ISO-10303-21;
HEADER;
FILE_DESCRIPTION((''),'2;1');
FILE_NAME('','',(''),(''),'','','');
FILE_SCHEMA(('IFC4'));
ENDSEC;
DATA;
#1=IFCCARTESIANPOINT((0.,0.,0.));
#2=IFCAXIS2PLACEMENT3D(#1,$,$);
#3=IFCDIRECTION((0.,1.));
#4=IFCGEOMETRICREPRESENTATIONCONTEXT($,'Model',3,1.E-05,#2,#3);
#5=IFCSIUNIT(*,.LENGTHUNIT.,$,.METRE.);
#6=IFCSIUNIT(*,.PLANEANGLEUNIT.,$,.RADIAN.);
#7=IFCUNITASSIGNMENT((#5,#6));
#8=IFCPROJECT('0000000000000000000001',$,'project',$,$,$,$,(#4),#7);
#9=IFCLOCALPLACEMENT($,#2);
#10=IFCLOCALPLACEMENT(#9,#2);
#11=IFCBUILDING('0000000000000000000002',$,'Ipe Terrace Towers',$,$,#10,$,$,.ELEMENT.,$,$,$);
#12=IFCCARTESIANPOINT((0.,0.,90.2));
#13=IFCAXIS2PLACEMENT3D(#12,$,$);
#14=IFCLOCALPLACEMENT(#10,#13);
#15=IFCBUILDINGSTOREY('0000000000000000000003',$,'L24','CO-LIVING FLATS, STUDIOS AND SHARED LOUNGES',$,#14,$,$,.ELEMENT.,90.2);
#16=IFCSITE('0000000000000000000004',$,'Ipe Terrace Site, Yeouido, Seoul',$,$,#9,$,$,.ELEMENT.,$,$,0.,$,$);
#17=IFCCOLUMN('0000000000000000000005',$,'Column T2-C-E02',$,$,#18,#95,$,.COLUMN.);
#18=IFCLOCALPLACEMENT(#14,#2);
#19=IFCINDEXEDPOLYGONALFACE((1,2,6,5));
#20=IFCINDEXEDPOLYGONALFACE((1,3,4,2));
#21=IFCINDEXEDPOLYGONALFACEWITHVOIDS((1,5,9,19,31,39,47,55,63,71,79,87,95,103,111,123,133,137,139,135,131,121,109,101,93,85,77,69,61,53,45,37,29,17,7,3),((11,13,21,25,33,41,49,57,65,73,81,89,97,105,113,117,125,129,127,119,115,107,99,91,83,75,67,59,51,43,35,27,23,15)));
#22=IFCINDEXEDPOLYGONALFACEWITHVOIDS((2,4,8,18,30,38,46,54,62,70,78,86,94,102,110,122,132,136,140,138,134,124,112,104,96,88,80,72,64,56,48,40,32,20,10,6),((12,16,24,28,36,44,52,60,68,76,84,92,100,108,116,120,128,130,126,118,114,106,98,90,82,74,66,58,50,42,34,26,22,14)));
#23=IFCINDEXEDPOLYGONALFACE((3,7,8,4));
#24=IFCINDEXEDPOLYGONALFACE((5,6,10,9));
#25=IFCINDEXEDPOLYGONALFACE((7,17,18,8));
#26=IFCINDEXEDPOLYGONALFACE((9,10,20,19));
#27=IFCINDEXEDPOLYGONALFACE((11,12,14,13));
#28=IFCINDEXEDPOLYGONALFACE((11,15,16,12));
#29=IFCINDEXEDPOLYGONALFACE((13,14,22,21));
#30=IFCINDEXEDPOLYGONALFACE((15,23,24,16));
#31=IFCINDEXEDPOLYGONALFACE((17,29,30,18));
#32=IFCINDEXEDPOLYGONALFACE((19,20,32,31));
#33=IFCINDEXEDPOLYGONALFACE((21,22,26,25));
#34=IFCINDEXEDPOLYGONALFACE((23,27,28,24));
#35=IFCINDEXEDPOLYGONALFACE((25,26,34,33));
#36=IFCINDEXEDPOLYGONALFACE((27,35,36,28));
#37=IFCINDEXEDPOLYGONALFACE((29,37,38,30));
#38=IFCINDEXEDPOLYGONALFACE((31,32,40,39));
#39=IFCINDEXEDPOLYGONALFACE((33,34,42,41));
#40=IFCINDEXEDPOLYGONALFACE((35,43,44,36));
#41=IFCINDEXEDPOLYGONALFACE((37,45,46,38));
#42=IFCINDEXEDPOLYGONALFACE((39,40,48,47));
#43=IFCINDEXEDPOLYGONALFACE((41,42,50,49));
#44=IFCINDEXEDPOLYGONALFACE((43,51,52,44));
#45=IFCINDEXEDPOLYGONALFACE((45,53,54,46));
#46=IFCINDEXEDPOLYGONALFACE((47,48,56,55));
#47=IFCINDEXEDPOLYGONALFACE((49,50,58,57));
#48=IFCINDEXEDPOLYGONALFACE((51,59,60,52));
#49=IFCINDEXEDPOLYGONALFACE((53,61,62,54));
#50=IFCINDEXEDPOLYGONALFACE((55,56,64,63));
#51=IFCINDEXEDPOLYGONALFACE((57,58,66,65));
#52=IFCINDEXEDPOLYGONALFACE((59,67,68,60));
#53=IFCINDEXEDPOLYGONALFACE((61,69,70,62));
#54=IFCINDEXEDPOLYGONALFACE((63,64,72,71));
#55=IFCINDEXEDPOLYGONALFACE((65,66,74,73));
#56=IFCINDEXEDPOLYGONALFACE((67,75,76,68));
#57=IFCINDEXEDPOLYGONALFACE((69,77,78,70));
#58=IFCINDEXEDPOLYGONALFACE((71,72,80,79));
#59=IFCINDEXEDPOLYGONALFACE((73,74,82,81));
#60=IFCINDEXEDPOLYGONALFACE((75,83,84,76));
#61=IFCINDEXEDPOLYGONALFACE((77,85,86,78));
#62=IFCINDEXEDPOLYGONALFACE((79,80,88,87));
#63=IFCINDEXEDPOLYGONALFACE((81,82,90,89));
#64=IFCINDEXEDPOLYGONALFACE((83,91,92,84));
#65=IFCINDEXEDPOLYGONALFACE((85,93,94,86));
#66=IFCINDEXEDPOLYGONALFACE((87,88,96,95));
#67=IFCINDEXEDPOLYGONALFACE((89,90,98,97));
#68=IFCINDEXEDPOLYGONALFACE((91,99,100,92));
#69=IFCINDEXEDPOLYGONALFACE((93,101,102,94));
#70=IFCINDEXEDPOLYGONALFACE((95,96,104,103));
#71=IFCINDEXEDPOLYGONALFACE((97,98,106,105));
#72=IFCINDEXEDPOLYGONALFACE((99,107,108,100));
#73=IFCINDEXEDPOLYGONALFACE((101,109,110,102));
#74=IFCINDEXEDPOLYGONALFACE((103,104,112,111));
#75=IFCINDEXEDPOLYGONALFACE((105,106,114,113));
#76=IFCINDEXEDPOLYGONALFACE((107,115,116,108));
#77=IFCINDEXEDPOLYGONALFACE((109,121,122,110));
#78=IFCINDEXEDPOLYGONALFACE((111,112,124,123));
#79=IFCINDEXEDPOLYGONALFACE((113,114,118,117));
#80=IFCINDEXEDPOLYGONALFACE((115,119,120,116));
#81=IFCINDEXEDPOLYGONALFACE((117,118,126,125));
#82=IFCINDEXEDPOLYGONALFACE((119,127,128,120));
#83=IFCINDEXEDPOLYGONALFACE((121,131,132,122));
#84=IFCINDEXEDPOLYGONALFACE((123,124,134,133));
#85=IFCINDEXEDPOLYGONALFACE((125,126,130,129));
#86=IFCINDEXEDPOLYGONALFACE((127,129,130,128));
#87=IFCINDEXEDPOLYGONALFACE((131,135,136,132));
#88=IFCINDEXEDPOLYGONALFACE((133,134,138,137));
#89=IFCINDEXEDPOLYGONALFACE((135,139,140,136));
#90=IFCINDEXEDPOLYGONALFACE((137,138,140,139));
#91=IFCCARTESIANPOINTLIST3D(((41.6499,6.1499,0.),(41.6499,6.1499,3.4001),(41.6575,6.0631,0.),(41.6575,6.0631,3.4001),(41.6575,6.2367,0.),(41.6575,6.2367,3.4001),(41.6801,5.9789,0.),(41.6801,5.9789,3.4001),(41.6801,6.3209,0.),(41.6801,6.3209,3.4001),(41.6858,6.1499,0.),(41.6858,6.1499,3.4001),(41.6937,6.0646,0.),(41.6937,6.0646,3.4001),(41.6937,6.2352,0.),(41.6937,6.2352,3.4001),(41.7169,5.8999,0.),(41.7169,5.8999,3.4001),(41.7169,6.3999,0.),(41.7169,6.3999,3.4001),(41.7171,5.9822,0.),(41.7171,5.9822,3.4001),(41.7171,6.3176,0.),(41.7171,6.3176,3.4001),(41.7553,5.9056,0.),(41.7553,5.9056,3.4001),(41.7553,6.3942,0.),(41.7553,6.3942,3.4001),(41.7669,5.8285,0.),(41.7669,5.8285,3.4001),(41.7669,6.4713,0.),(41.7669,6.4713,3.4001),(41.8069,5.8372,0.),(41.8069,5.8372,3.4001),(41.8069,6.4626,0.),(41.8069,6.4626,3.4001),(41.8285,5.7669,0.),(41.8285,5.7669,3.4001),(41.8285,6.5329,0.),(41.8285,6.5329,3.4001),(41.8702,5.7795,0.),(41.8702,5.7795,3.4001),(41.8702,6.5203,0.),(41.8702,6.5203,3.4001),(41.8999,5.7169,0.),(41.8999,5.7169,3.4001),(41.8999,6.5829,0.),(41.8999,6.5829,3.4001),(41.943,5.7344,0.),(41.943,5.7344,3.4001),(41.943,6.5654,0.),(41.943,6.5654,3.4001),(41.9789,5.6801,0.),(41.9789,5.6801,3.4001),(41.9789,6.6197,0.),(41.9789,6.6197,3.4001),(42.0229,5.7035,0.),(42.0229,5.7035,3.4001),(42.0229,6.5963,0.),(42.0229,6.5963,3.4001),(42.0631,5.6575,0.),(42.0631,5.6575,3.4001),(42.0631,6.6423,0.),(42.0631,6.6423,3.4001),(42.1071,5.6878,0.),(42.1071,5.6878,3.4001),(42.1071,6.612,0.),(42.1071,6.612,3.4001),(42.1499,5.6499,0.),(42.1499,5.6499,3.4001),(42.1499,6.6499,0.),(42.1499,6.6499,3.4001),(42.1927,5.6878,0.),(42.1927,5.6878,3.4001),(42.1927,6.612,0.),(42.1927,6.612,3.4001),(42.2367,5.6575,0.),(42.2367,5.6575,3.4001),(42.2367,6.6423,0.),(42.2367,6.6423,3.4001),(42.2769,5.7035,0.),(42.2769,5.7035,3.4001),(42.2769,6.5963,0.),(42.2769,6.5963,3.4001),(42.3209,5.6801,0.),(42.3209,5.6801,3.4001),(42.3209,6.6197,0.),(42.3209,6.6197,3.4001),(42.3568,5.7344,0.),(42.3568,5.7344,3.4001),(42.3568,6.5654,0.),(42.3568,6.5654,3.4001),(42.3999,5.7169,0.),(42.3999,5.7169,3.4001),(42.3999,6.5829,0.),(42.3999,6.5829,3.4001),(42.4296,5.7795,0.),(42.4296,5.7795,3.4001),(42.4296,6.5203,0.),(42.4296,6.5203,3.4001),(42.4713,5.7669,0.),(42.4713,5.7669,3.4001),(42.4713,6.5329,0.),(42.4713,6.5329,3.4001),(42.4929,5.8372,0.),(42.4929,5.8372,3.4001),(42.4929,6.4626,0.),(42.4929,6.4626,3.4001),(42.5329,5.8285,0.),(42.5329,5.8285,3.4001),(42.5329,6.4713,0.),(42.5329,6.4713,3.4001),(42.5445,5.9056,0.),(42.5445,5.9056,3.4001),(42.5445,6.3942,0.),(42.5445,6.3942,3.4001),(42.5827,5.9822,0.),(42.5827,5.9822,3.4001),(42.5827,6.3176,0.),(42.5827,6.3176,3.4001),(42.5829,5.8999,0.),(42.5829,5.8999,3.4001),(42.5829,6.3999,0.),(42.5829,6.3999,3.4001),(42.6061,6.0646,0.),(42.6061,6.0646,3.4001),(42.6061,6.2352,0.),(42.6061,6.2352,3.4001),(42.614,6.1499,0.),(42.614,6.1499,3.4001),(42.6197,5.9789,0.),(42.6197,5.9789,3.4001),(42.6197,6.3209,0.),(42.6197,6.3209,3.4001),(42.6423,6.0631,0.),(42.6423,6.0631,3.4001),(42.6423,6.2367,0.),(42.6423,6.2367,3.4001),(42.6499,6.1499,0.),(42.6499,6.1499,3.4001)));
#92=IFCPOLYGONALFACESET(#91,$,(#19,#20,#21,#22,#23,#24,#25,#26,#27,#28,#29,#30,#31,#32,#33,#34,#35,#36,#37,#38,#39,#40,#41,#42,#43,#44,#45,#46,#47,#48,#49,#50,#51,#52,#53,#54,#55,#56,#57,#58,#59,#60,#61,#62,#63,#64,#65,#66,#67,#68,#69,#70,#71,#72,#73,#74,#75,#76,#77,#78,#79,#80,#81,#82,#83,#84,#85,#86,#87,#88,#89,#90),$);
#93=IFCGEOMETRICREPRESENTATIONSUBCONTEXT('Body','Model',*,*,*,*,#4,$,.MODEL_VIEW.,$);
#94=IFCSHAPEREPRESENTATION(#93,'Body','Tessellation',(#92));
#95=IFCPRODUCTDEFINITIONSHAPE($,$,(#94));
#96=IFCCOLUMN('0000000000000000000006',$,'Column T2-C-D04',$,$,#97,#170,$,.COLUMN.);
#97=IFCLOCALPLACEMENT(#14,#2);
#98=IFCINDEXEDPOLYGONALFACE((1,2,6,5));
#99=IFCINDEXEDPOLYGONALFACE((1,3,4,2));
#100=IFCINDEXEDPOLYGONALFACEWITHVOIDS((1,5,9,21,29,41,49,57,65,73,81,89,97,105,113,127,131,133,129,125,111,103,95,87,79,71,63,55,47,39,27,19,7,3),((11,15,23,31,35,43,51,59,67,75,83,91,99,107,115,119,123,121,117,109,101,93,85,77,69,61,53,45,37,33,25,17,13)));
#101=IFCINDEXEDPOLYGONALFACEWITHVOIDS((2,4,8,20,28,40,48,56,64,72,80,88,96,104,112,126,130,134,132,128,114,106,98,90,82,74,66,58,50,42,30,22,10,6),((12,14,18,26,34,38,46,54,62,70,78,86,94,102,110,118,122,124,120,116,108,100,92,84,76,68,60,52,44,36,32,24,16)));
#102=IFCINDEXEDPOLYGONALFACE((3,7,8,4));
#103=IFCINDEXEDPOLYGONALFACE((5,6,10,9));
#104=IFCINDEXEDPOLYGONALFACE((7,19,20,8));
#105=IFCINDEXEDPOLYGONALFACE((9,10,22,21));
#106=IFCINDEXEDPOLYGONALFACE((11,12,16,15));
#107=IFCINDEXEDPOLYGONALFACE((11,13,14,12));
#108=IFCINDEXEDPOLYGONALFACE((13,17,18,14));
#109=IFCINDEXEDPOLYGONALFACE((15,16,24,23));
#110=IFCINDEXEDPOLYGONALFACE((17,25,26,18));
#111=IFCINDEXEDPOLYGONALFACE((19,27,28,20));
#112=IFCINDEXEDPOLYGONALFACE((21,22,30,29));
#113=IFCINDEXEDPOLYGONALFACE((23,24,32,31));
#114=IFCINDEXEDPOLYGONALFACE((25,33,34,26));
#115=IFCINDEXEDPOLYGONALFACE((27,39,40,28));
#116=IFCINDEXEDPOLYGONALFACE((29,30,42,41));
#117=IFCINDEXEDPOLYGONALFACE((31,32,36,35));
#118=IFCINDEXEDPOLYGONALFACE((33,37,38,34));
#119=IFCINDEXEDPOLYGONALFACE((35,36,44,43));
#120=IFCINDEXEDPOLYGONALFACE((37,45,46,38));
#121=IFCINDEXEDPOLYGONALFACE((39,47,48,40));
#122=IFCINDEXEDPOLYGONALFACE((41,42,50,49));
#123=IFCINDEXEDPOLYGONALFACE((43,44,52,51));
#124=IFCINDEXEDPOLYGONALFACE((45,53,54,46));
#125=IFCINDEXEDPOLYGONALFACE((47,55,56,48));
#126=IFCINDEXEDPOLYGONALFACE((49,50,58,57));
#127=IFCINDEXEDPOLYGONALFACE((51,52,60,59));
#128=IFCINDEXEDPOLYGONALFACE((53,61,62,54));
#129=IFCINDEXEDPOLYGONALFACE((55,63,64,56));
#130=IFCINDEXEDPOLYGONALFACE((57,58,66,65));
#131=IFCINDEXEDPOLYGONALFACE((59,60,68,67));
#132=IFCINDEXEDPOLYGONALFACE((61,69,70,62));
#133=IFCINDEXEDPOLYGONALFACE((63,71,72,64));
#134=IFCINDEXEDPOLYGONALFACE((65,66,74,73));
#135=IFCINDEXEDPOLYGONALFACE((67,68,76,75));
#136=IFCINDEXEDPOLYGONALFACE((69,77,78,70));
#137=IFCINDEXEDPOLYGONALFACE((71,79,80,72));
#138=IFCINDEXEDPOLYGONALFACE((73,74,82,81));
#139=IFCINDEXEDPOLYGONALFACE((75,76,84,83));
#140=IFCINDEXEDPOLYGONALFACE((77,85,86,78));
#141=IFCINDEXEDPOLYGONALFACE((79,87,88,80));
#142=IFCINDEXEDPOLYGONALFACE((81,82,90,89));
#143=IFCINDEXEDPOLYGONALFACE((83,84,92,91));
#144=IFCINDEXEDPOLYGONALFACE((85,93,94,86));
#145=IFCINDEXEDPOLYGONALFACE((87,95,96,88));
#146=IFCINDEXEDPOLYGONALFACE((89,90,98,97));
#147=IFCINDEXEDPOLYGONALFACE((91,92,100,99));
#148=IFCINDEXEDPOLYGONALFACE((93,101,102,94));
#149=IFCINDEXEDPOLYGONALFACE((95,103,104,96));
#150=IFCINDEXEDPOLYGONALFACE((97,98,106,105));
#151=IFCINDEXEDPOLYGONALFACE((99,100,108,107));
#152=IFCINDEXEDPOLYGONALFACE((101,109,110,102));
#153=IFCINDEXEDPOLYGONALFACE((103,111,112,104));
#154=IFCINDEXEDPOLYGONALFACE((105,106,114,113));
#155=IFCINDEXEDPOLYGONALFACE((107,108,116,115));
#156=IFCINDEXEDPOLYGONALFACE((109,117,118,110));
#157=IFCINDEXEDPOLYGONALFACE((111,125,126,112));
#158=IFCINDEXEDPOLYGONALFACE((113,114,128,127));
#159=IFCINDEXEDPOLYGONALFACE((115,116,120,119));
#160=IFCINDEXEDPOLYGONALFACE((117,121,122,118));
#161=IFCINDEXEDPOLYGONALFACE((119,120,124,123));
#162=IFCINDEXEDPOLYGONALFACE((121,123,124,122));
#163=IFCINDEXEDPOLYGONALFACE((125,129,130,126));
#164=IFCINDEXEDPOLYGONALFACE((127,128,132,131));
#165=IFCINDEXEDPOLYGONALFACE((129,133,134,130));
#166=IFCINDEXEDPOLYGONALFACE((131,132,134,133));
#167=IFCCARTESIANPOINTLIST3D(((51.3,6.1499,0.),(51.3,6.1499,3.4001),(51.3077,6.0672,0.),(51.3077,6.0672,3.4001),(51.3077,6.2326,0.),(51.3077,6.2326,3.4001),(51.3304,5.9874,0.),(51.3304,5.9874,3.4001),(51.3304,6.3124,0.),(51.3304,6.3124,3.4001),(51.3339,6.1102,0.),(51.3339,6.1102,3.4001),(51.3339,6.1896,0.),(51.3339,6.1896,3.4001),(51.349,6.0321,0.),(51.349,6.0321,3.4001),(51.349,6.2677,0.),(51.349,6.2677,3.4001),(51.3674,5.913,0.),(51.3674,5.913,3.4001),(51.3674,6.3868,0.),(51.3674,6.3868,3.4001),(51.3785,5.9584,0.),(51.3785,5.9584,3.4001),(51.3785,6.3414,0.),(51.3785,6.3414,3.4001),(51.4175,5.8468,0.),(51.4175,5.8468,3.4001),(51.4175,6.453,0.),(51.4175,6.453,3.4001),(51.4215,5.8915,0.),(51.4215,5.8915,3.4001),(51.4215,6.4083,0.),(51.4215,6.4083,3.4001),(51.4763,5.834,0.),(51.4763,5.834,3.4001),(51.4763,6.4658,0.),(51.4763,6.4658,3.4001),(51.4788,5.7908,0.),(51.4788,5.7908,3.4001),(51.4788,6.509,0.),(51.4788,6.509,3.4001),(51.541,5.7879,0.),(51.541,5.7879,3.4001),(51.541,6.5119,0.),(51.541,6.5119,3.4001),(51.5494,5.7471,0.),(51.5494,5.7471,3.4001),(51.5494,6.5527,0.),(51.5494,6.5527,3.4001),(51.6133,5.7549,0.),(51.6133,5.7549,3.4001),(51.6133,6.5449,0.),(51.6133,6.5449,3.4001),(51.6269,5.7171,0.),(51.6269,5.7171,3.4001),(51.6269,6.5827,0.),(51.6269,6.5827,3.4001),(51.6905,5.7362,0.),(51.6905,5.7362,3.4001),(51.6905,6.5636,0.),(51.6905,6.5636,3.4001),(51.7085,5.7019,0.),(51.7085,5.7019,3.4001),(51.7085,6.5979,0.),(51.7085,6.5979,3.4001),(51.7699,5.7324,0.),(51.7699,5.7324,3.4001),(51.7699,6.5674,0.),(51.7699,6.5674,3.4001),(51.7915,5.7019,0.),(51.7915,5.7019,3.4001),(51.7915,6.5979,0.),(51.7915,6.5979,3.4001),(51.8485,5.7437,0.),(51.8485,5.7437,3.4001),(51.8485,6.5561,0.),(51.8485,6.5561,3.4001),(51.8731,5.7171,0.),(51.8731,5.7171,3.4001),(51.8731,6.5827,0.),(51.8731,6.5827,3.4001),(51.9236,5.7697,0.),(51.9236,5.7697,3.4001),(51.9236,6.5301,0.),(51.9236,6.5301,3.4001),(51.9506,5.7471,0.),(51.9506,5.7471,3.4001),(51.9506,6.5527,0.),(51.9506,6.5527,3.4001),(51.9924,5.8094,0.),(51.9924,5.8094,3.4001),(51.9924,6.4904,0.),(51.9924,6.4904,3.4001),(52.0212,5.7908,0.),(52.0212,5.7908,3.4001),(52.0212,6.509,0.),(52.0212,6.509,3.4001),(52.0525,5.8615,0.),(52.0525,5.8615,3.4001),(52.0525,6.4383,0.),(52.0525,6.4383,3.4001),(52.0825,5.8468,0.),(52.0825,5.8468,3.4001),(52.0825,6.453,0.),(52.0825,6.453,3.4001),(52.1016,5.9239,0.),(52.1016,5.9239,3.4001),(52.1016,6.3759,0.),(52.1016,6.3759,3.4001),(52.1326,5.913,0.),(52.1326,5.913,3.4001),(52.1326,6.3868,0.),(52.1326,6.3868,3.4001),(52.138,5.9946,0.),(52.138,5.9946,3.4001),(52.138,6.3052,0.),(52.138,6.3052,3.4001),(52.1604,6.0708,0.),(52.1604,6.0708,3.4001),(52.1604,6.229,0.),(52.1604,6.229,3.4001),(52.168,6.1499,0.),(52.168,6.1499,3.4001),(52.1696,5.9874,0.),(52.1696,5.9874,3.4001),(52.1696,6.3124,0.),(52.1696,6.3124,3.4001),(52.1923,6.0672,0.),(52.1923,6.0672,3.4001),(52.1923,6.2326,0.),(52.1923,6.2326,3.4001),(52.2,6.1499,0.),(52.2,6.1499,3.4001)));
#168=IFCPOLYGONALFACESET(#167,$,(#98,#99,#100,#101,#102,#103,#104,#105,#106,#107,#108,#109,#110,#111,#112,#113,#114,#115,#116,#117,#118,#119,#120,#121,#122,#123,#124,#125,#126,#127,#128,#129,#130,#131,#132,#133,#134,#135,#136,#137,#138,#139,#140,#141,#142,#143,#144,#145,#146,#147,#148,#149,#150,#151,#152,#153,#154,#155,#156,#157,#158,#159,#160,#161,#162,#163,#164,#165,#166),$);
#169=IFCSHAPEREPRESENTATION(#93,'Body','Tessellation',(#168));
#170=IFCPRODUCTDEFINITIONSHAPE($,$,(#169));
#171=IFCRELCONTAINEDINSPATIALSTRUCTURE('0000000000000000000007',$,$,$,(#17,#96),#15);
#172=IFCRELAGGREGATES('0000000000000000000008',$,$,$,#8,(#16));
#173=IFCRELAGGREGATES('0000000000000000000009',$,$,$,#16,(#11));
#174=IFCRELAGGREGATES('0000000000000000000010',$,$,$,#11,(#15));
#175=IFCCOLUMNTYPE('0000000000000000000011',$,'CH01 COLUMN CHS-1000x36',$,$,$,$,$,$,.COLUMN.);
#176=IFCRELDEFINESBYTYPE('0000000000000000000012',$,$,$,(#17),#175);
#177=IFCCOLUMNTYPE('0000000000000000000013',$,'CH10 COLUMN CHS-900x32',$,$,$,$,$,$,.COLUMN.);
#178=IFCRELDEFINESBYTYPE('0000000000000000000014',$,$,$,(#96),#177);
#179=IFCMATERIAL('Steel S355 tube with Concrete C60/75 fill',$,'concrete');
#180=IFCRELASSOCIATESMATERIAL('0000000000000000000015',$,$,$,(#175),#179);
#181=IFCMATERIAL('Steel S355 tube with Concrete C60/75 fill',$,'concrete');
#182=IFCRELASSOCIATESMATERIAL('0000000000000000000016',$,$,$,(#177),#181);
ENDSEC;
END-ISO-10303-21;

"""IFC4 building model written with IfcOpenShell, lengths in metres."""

from ifc_helpers import new_model, si_unit, direction, frame, origin, origin_2d, place, context, subcontext, project, spatial, hollow_circle, extrude, material, material_profile, profile_set, type_object, element, save


model = new_model("IFC4")

# Units and contexts
model_context = context("Model", 3, precision=1e-05, world=origin(), true_north=direction((0.0, 1.0)))
body_context = subcontext(model_context, "Body", "Model", "MODEL_VIEW")
ifc_project = project(units=[si_unit("LENGTHUNIT", "METRE"), si_unit("PLANEANGLEUNIT", "RADIAN")], contexts=[model_context])

# Site, building, storey
site_placement = place(None, origin())
site = spatial("IfcSite", under=ifc_project, at=site_placement, Name="Ipe Terrace Site, Yeouido, Seoul", CompositionType="ELEMENT", RefElevation=0.0)
building_placement = place(site_placement, origin())
building = spatial("IfcBuilding", under=site, at=building_placement, Name="Ipe Terrace Towers", CompositionType="ELEMENT")
storey_placement = place(building_placement, frame((0.0, 0.0, 90.2)))
storey = spatial("IfcBuildingStorey", under=building, at=storey_placement, Name="L24", Description="CO-LIVING FLATS, STUDIOS AND SHARED LOUNGES", CompositionType="ELEMENT", Elevation=90.2)

# Columns
ifc_material_1 = material(Name="Steel S355 tube with Concrete C60/75 fill", Category="concrete")
ifc_material_profile_1 = material_profile(ifc_material_1, hollow_circle(Radius=0.5, WallThickness=0.0359, at=origin_2d()), Name="CHS-1000x36")
ifc_profile_set_1 = profile_set([ifc_material_profile_1], Name="Steel S355 tube with Concrete C60/75 fill")
column_type_1 = type_object("IfcColumnType", Name="CH01 COLUMN CHS-1000x36", PredefinedType="COLUMN", material=ifc_profile_set_1)
column_placement = place(storey_placement, frame((42.1499, 6.1499, 0.0), z_axis=(0.0, 0.0, 1.0), x_axis=(1.0, 0.0, 0.0)))
element("IfcColumn", 1, at=column_placement, inside=storey, type_object=column_type_1, Name="Column T2-C-E02", PredefinedType="COLUMN", context=body_context, shape_type="SweptSolid", body=[
    extrude(hollow_circle(Radius=0.5, WallThickness=0.0359, at=origin_2d()), origin(), (0.0, 0.0, 1.0), 3.4001),
])
ifc_material_2 = material(Name="Steel S355 tube with Concrete C60/75 fill", Category="concrete")
ifc_material_profile_2 = material_profile(ifc_material_2, hollow_circle(Radius=0.45, WallThickness=0.032, at=origin_2d()), Name="CHS-900x32")
ifc_profile_set_2 = profile_set([ifc_material_profile_2], Name="Steel S355 tube with Concrete C60/75 fill")
column_type_2 = type_object("IfcColumnType", Name="CH10 COLUMN CHS-900x32", PredefinedType="COLUMN", material=ifc_profile_set_2)
for number, where, z_axis, x_axis, name in (
    (2, (51.75, 6.1499, 0.0), (0.0, 0.0, 1.0), (1.0, 0.0, 0.0), "Column T2-C-D04"),
):
    element("IfcColumn", number, at=place(storey_placement, frame(where, z_axis=z_axis, x_axis=x_axis)), inside=storey, type_object=column_type_2, Name=name, PredefinedType="COLUMN", context=body_context, shape_type="SweptSolid", body=[
        extrude(hollow_circle(Radius=0.45, WallThickness=0.032, at=origin_2d()), origin(), (0.0, 0.0, 1.0), 3.4001),
    ])

save(model, "model.ifc")
